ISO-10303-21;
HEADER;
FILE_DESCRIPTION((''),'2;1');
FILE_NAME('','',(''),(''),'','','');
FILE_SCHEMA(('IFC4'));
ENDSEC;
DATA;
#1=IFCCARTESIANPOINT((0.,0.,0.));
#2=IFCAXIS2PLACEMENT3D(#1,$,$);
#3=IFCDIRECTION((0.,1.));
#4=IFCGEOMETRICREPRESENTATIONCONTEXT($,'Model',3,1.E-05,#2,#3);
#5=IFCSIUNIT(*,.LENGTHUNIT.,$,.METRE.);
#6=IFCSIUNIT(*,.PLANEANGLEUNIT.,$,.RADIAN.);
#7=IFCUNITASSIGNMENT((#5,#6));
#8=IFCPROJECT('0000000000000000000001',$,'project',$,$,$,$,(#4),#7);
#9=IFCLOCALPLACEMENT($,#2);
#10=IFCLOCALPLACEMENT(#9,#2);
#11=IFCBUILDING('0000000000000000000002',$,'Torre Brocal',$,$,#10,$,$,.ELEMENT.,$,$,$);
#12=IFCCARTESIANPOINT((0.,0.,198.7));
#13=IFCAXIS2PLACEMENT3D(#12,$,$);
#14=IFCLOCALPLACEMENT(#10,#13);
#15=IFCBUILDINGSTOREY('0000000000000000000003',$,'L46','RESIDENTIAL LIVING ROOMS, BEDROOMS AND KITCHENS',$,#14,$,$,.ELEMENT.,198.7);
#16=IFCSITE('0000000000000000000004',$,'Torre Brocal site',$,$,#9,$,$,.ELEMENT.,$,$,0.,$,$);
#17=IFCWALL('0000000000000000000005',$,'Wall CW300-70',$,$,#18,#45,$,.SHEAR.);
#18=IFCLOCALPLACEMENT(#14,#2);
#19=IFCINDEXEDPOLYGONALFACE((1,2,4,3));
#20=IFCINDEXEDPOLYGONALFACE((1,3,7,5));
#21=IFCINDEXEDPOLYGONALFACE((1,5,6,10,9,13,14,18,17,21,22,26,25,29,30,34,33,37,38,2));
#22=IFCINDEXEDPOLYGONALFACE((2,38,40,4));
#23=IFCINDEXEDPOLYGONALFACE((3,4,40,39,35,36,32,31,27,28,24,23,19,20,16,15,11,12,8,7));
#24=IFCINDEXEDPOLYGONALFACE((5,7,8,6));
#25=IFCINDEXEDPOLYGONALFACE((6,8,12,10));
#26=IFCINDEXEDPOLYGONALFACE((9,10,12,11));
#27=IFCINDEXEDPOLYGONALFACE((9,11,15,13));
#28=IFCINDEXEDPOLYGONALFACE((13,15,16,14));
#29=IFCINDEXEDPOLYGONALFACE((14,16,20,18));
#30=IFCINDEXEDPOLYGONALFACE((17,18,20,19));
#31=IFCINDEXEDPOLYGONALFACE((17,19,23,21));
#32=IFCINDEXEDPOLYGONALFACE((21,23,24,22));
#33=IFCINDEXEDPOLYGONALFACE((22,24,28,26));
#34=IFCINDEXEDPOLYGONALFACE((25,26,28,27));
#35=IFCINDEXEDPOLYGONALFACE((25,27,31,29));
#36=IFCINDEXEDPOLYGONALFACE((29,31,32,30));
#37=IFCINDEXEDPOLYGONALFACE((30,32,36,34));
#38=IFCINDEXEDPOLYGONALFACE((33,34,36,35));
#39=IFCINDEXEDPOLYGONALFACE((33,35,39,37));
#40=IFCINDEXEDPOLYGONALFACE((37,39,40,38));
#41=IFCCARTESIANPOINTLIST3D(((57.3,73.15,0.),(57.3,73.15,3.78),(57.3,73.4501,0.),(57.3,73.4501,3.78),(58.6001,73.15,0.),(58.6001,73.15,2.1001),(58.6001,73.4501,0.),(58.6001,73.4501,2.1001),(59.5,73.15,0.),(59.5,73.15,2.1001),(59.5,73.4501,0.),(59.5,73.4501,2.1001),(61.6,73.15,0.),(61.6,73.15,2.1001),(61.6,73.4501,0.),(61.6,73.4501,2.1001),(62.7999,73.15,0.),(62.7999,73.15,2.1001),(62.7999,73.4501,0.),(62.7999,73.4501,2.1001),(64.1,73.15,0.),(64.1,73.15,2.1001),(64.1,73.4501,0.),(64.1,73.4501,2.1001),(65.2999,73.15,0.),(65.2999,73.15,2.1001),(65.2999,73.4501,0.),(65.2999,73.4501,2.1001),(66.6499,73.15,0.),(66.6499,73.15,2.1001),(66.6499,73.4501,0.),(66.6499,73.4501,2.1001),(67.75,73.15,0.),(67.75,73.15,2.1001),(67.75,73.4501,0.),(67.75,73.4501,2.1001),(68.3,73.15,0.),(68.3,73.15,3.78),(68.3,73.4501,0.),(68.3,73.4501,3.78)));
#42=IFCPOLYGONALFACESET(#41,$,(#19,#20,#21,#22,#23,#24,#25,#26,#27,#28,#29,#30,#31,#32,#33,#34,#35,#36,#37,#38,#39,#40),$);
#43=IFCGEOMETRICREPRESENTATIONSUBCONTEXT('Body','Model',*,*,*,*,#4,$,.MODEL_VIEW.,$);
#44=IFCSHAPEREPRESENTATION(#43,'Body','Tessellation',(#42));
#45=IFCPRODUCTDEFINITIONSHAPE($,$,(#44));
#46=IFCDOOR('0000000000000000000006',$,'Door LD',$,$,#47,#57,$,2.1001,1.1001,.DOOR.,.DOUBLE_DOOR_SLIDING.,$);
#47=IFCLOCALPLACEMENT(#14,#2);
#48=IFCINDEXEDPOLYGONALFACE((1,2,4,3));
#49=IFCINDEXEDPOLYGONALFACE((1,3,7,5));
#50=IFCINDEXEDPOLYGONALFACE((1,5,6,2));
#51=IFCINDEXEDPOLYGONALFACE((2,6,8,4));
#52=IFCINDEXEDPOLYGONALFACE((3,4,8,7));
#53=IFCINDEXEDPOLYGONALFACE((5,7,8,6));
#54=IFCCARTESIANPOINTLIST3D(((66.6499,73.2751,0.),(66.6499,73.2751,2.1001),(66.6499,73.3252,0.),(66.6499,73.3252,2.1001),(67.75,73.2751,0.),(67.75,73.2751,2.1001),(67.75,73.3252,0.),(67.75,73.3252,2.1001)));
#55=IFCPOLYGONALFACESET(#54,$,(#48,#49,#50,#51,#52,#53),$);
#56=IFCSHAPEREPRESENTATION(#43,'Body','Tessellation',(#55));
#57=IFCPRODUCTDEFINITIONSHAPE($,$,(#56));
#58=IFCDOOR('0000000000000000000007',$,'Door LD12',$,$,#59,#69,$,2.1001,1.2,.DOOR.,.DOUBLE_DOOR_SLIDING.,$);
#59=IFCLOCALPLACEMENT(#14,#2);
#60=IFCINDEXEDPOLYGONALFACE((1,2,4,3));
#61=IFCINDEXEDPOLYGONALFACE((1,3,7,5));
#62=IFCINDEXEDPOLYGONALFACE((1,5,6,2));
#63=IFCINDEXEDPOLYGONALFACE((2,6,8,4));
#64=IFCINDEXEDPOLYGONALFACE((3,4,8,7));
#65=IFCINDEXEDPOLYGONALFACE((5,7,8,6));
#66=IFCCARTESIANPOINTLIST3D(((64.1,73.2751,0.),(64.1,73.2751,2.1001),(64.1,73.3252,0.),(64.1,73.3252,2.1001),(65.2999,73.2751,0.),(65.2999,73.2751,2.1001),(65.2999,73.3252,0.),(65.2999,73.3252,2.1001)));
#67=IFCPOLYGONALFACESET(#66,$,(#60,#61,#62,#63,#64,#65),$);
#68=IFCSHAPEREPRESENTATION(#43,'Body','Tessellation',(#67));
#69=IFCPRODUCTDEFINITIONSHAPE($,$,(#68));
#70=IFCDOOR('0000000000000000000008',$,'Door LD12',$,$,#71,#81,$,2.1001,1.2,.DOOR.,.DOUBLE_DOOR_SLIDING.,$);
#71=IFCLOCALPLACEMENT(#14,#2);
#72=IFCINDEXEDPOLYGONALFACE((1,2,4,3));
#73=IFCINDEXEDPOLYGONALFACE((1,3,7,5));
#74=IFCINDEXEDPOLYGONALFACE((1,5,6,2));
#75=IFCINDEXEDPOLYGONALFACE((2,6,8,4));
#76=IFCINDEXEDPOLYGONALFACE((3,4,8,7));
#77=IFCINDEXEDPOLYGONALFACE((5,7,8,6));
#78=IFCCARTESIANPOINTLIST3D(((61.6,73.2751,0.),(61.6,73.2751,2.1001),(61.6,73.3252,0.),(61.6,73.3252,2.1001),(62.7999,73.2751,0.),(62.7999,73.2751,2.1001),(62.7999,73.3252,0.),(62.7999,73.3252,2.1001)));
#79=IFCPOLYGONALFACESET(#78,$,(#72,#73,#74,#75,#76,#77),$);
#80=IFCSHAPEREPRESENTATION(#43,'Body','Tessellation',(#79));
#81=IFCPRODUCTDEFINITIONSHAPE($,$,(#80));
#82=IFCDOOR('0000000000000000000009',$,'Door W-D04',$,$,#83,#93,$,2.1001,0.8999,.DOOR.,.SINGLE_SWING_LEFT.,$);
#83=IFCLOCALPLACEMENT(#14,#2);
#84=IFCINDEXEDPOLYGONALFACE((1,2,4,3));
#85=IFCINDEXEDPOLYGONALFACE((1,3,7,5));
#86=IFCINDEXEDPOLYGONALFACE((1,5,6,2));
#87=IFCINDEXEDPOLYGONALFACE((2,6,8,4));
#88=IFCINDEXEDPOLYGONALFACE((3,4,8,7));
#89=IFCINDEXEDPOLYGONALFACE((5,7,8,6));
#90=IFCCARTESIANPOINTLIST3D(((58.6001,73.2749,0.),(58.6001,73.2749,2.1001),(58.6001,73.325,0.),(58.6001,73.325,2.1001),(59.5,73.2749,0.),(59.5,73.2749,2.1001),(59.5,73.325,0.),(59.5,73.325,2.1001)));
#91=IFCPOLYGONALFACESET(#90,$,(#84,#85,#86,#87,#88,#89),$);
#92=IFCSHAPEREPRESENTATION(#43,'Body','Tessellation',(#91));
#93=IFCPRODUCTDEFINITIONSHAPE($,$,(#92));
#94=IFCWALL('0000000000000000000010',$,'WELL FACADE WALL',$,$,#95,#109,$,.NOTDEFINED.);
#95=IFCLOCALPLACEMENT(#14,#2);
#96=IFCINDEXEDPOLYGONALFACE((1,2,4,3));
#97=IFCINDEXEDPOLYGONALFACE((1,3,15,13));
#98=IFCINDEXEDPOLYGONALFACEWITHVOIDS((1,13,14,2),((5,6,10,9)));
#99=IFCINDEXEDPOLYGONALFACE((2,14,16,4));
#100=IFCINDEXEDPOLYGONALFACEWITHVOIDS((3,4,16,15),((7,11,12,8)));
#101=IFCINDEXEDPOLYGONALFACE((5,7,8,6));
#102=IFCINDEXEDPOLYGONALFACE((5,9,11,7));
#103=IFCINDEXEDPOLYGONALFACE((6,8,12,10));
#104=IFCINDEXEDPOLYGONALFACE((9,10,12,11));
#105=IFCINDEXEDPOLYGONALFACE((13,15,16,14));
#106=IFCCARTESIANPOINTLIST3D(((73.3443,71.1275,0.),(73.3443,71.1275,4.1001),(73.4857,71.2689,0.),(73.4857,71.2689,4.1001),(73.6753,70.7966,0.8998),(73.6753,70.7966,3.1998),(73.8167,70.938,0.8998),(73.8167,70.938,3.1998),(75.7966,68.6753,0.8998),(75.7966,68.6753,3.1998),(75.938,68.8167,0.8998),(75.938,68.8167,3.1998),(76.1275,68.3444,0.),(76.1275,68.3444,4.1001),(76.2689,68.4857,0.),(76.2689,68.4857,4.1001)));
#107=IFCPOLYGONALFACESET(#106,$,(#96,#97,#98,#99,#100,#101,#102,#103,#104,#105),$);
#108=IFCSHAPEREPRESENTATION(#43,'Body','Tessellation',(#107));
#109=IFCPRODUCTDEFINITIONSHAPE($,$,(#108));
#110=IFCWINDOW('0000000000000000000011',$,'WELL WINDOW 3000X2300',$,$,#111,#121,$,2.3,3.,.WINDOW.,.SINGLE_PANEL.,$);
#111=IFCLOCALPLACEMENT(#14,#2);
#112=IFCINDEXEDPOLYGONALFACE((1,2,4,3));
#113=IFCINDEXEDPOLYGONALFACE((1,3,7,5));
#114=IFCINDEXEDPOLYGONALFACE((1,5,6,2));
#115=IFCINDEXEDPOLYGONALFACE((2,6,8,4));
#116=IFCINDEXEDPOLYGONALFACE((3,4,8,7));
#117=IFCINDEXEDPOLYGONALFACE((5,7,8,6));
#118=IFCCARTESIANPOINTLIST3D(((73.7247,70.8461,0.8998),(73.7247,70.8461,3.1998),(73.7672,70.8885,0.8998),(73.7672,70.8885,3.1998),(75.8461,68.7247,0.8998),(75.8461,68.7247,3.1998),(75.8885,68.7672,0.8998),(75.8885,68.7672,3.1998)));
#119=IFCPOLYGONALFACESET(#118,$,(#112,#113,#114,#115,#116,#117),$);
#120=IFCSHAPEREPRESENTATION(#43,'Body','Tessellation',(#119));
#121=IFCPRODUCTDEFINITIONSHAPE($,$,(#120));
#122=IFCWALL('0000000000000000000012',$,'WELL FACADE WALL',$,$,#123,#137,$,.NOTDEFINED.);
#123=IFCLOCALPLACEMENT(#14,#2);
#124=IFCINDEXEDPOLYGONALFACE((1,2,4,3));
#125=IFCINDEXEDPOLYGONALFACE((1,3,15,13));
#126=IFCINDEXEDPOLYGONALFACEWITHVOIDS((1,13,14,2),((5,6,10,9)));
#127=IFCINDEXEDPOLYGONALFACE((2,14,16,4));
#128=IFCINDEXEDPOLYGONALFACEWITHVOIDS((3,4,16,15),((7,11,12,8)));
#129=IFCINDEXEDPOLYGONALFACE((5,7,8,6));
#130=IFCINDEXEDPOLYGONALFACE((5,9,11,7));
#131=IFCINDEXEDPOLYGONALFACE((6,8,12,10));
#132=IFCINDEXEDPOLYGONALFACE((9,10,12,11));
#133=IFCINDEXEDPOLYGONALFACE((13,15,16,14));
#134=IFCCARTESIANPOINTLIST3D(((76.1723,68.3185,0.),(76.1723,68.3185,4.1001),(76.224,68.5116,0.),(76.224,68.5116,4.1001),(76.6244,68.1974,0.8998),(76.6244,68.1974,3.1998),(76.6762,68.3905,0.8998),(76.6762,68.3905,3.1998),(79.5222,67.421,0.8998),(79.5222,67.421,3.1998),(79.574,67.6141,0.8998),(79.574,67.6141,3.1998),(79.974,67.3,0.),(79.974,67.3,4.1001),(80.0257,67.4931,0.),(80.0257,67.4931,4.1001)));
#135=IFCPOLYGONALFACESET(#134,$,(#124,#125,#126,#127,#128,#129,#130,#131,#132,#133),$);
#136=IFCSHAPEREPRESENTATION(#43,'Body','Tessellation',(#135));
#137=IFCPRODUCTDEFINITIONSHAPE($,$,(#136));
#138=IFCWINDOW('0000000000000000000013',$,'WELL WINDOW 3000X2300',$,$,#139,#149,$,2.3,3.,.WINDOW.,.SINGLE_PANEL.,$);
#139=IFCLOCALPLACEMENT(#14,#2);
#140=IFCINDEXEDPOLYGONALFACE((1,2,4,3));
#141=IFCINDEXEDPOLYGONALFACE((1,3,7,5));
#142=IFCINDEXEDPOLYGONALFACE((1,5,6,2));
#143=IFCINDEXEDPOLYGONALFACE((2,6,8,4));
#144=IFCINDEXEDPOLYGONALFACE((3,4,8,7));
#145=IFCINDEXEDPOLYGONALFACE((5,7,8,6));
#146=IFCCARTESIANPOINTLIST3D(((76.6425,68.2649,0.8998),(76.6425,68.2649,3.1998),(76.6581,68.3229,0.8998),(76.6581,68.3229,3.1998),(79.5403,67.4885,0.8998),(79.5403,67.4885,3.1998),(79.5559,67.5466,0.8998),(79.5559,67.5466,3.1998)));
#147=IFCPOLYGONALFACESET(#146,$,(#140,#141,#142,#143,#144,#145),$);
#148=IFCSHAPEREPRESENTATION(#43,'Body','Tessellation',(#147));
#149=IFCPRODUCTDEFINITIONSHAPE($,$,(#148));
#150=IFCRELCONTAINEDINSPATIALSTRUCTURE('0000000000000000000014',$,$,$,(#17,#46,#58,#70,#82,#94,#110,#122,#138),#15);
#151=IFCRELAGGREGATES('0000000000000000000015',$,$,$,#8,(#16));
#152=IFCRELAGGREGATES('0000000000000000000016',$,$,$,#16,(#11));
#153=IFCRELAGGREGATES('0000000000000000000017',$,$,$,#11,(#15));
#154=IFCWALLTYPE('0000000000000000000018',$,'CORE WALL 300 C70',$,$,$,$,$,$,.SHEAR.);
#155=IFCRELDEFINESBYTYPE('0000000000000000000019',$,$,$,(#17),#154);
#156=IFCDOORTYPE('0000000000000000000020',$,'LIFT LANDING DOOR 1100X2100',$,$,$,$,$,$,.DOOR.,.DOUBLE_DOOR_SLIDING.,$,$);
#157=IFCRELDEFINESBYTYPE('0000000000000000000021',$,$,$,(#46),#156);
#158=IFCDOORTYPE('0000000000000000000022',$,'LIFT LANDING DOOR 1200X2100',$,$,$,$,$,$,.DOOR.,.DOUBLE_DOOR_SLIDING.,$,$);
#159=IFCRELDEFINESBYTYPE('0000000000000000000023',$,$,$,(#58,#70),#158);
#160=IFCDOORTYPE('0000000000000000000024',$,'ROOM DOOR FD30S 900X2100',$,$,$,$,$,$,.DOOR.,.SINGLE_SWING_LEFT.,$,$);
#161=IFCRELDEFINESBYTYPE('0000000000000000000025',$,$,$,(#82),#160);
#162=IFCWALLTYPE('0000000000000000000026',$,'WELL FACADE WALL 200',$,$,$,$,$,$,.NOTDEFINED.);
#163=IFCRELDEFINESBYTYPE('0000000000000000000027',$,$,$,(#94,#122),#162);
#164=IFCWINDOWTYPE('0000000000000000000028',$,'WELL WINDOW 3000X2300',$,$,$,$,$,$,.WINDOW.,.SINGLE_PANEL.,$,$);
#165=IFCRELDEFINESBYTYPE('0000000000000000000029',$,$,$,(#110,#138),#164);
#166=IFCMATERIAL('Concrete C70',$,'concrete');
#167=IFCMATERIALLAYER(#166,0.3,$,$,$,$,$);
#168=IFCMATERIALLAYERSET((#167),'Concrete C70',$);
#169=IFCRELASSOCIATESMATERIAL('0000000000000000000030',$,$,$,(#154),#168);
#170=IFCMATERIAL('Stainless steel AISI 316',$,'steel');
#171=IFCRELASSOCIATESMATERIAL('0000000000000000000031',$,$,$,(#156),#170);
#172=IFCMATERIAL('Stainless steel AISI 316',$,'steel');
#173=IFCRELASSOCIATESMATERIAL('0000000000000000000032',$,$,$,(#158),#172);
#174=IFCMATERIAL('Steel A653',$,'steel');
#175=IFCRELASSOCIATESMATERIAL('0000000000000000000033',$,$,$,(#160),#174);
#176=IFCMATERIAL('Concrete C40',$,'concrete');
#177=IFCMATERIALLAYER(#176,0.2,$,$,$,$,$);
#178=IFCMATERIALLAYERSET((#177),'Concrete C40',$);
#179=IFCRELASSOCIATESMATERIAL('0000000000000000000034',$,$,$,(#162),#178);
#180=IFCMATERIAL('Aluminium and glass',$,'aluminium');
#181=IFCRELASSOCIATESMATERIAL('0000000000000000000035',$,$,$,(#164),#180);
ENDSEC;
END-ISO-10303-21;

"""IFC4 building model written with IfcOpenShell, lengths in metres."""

from ifc_helpers import new_model, si_unit, direction, frame, frame_2d, origin, place, context, subcontext, project, spatial, rectangle, extrude, material, layer, layer_set, type_object, element, fill, save


model = new_model("IFC4")

# Units and contexts
model_context = context("Model", 3, precision=1e-05, world=origin(), true_north=direction((0.0, 1.0)))
body_context = subcontext(model_context, "Body", "Model", "MODEL_VIEW")
ifc_project = project(units=[si_unit("LENGTHUNIT", "METRE"), si_unit("PLANEANGLEUNIT", "RADIAN")], contexts=[model_context])

# Site, building, storey
site_placement = place(None, origin())
site = spatial("IfcSite", under=ifc_project, at=site_placement, Name="Torre Brocal site", CompositionType="ELEMENT", RefElevation=0.0)
building_placement = place(site_placement, origin())
building = spatial("IfcBuilding", under=site, at=building_placement, Name="Torre Brocal", CompositionType="ELEMENT")
storey_placement = place(building_placement, frame((0.0, 0.0, 198.7)))
storey = spatial("IfcBuildingStorey", under=building, at=storey_placement, Name="L46", Description="RESIDENTIAL LIVING ROOMS, BEDROOMS AND KITCHENS", CompositionType="ELEMENT", Elevation=198.7)

# Shared definitions
ifc_material_1 = material(Name="Concrete C70", Category="concrete")
ifc_layer_1 = layer(ifc_material_1, 0.3)
ifc_layer_set_1 = layer_set([ifc_layer_1], Name="Concrete C70")
wall_type_1 = type_object("IfcWallType", Name="CORE WALL 300 C70", PredefinedType="SHEAR", material=ifc_layer_set_1)

# Wall, openings, doors
wall_1_placement = place(storey_placement, frame((68.3, 73.3, 0.0), z_axis=(0.0, 0.0, 1.0), x_axis=(-1.0, 0.0, 0.0)))
wall_1 = element("IfcWall", 1, at=wall_1_placement, inside=storey, type_object=wall_type_1, Name="Wall CW300-70", PredefinedType="SHEAR", context=body_context, shape_type="SweptSolid", body=[
    extrude(rectangle(XDim=11.0, YDim=0.3, at=frame_2d((5.5, 0.0))), origin(), (0.0, 0.0, 1.0), 3.78),
])
opening_1_placement = place(wall_1_placement, frame((0.55, 0.0, 0.0)))
opening_1 = element("IfcOpeningElement", 2, at=opening_1_placement, cuts=wall_1, PredefinedType="OPENING", context=body_context, shape_type="SweptSolid", body=[
    extrude(rectangle(XDim=1.1001, YDim=2.1001, at=frame_2d((0.55, 1.05))), frame((0.0, 0.1599, 0.0), z_axis=(0.0, -1.0, 0.0), x_axis=(1.0, 0.0, 0.0)), (0.0, 0.0, 1.0), 0.3201),
])
opening_2_placement = place(wall_1_placement, frame((3.0, 0.0, 0.0)))
opening_2 = element("IfcOpeningElement", 3, at=opening_2_placement, cuts=wall_1, PredefinedType="OPENING", context=body_context, shape_type="SweptSolid", body=[
    extrude(rectangle(XDim=1.2, YDim=2.1001, at=frame_2d((0.6001, 1.05))), frame((0.0, 0.1599, 0.0), z_axis=(0.0, -1.0, 0.0), x_axis=(1.0, 0.0, 0.0)), (0.0, 0.0, 1.0), 0.3201),
])
opening_3_placement = place(wall_1_placement, frame((5.5, 0.0, 0.0)))
opening_3 = element("IfcOpeningElement", 4, at=opening_3_placement, cuts=wall_1, PredefinedType="OPENING", context=body_context, shape_type="SweptSolid", body=[
    extrude(rectangle(XDim=1.2, YDim=2.1001, at=frame_2d((0.6001, 1.05))), frame((0.0, 0.1599, 0.0), z_axis=(0.0, -1.0, 0.0), x_axis=(1.0, 0.0, 0.0)), (0.0, 0.0, 1.0), 0.3201),
])
opening_4_placement = place(wall_1_placement, frame((8.8, 0.0, 0.0)))
opening_4 = element("IfcOpeningElement", 5, at=opening_4_placement, cuts=wall_1, PredefinedType="OPENING", context=body_context, shape_type="SweptSolid", body=[
    extrude(rectangle(XDim=0.8999, YDim=2.1001, at=frame_2d((0.45, 1.05))), frame((0.0, 0.1599, 0.0), z_axis=(0.0, -1.0, 0.0), x_axis=(1.0, 0.0, 0.0)), (0.0, 0.0, 1.0), 0.3201),
])
ifc_material_2 = material(Name="Stainless steel AISI 316", Category="steel")
door_type_1 = type_object("IfcDoorType", Name="LIFT LANDING DOOR 1100X2100", OperationType="DOUBLE_DOOR_SLIDING", PredefinedType="DOOR", material=ifc_material_2)
door_1_placement = place(opening_1_placement, origin())
door_1 = element("IfcDoor", 6, at=door_1_placement, inside=storey, type_object=door_type_1, Name="Door LD", OperationType="DOUBLE_DOOR_SLIDING", OverallHeight=2.1001, OverallWidth=1.1001, PredefinedType="DOOR", context=body_context, shape_type="SweptSolid", body=[
    extrude(rectangle(XDim=1.1001, YDim=2.1001, at=frame_2d((0.55, 1.05))), frame((0.0, 0.0249, 0.0), z_axis=(0.0, -1.0, 0.0), x_axis=(1.0, 0.0, 0.0)), (0.0, 0.0, 1.0), 0.05),
])
fill(opening_1, door_1)
ifc_material_3 = material(Name="Stainless steel AISI 316", Category="steel")
door_type_2 = type_object("IfcDoorType", Name="LIFT LANDING DOOR 1200X2100", OperationType="DOUBLE_DOOR_SLIDING", PredefinedType="DOOR", material=ifc_material_3)
door_2_placement = place(opening_2_placement, origin())
door_2 = element("IfcDoor", 7, at=door_2_placement, inside=storey, type_object=door_type_2, Name="Door LD12", OperationType="DOUBLE_DOOR_SLIDING", OverallHeight=2.1001, OverallWidth=1.2, PredefinedType="DOOR", context=body_context, shape_type="SweptSolid", body=[
    extrude(rectangle(XDim=1.2, YDim=2.1001, at=frame_2d((0.6001, 1.05))), frame((0.0, 0.0249, 0.0), z_axis=(0.0, -1.0, 0.0), x_axis=(1.0, 0.0, 0.0)), (0.0, 0.0, 1.0), 0.05),
])
fill(opening_2, door_2)
door_3_placement = place(opening_3_placement, origin())
door_3 = element("IfcDoor", 8, at=door_3_placement, inside=storey, type_object=door_type_2, Name="Door LD12", OperationType="DOUBLE_DOOR_SLIDING", OverallHeight=2.1001, OverallWidth=1.2, PredefinedType="DOOR", context=body_context, shape_type="SweptSolid", body=[
    extrude(rectangle(XDim=1.2, YDim=2.1001, at=frame_2d((0.6001, 1.05))), frame((0.0, 0.0249, 0.0), z_axis=(0.0, -1.0, 0.0), x_axis=(1.0, 0.0, 0.0)), (0.0, 0.0, 1.0), 0.05),
])
fill(opening_3, door_3)
ifc_material_4 = material(Name="Steel A653", Category="steel")
door_type_3 = type_object("IfcDoorType", Name="ROOM DOOR FD30S 900X2100", OperationType="SINGLE_SWING_LEFT", PredefinedType="DOOR", material=ifc_material_4)
door_4_placement = place(opening_4_placement, frame((0.8999, 0.0, 0.0), z_axis=(0.0, 0.0, 1.0), x_axis=(-1.0, 0.0, 0.0)))
door_4 = element("IfcDoor", 9, at=door_4_placement, inside=storey, type_object=door_type_3, Name="Door W-D04", OperationType="SINGLE_SWING_LEFT", OverallHeight=2.1001, OverallWidth=0.8999, PredefinedType="DOOR", context=body_context, shape_type="SweptSolid", body=[
    extrude(rectangle(XDim=0.8999, YDim=2.1001, at=frame_2d((0.45, 1.05))), frame((0.0, 0.0249, 0.0), z_axis=(0.0, -1.0, 0.0), x_axis=(1.0, 0.0, 0.0)), (0.0, 0.0, 1.0), 0.05),
])
fill(opening_4, door_4)

# Walls, openings, windows
ifc_material_5 = material(Name="Concrete C40", Category="concrete")
ifc_layer_2 = layer(ifc_material_5, 0.2)
ifc_layer_set_2 = layer_set([ifc_layer_2], Name="Concrete C40")
wall_type_2 = type_object("IfcWallType", Name="WELL FACADE WALL 200", PredefinedType="NOTDEFINED", material=ifc_layer_set_2)
wall_2_placement = place(storey_placement, frame((73.415, 71.1982, 0.0), z_axis=(0.0, 0.0, 1.0), x_axis=(0.707107, -0.707107, 0.0)))
wall_2 = element("IfcWall", 10, at=wall_2_placement, inside=storey, type_object=wall_type_2, Name="WELL FACADE WALL", PredefinedType="NOTDEFINED", context=body_context, shape_type="SweptSolid", body=[
    extrude(rectangle(XDim=3.936, YDim=0.2, at=frame_2d((1.968, 0.0))), origin(), (0.0, 0.0, 1.0), 4.1001),
])
opening_5_placement = place(wall_2_placement, frame((0.468, 0.0, 0.8999)))
opening_5 = element("IfcOpeningElement", 11, at=opening_5_placement, cuts=wall_2, PredefinedType="OPENING", context=body_context, shape_type="SweptSolid", body=[
    extrude(rectangle(XDim=3.0, YDim=2.3, at=frame_2d((1.5, 1.1499))), frame((0.0, 0.1099, 0.0), z_axis=(0.0, -1.0, 0.0), x_axis=(1.0, 0.0, 0.0)), (0.0, 0.0, 1.0), 0.22),
])
ifc_material_6 = material(Name="Aluminium and glass", Category="aluminium")
window_type = type_object("IfcWindowType", Name="WELL WINDOW 3000X2300", PartitioningType="SINGLE_PANEL", PredefinedType="WINDOW", material=ifc_material_6)
window_1_placement = place(opening_5_placement, origin())
window_1 = element("IfcWindow", 12, at=window_1_placement, inside=storey, type_object=window_type, Name="WELL WINDOW 3000X2300", OverallHeight=2.3, OverallWidth=3.0, PartitioningType="SINGLE_PANEL", PredefinedType="WINDOW", context=body_context, shape_type="SweptSolid", body=[
    extrude(rectangle(XDim=3.0, YDim=2.3, at=frame_2d((1.5, 1.1499))), frame((0.0, 0.03, 0.0), z_axis=(0.0, -1.0, 0.0), x_axis=(1.0, 0.0, 0.0)), (0.0, 0.0, 1.0), 0.0601),
])
fill(opening_5, window_1)
wall_3_placement = place(storey_placement, frame((76.1982, 68.415, 0.0), z_axis=(0.0, 0.0, 1.0), x_axis=(0.965934, -0.25879, 0.0)))
wall_3 = element("IfcWall", 13, at=wall_3_placement, inside=storey, type_object=wall_type_2, Name="WELL FACADE WALL", PredefinedType="NOTDEFINED", context=body_context, shape_type="SweptSolid", body=[
    extrude(rectangle(XDim=3.9358, YDim=0.2, at=frame_2d((1.9678, 0.0))), origin(), (0.0, 0.0, 1.0), 4.1001),
])
opening_6_placement = place(wall_3_placement, frame((0.468, 0.0, 0.8999)))
opening_6 = element("IfcOpeningElement", 14, at=opening_6_placement, cuts=wall_3, PredefinedType="OPENING", context=body_context, shape_type="SweptSolid", body=[
    extrude(rectangle(XDim=3.0, YDim=2.3, at=frame_2d((1.5, 1.1499))), frame((0.0, 0.1099, 0.0), z_axis=(0.0, -1.0, 0.0), x_axis=(1.0, 0.0, 0.0)), (0.0, 0.0, 1.0), 0.22),
])
window_2_placement = place(opening_6_placement, origin())
window_2 = element("IfcWindow", 15, at=window_2_placement, inside=storey, type_object=window_type, Name="WELL WINDOW 3000X2300", OverallHeight=2.3, OverallWidth=3.0, PartitioningType="SINGLE_PANEL", PredefinedType="WINDOW", context=body_context, shape_type="SweptSolid", body=[
    extrude(rectangle(XDim=3.0, YDim=2.3, at=frame_2d((1.5, 1.1499))), frame((0.0, 0.03, 0.0), z_axis=(0.0, -1.0, 0.0), x_axis=(1.0, 0.0, 0.0)), (0.0, 0.0, 1.0), 0.0601),
])
fill(opening_6, window_2)

save(model, "model.ifc")
